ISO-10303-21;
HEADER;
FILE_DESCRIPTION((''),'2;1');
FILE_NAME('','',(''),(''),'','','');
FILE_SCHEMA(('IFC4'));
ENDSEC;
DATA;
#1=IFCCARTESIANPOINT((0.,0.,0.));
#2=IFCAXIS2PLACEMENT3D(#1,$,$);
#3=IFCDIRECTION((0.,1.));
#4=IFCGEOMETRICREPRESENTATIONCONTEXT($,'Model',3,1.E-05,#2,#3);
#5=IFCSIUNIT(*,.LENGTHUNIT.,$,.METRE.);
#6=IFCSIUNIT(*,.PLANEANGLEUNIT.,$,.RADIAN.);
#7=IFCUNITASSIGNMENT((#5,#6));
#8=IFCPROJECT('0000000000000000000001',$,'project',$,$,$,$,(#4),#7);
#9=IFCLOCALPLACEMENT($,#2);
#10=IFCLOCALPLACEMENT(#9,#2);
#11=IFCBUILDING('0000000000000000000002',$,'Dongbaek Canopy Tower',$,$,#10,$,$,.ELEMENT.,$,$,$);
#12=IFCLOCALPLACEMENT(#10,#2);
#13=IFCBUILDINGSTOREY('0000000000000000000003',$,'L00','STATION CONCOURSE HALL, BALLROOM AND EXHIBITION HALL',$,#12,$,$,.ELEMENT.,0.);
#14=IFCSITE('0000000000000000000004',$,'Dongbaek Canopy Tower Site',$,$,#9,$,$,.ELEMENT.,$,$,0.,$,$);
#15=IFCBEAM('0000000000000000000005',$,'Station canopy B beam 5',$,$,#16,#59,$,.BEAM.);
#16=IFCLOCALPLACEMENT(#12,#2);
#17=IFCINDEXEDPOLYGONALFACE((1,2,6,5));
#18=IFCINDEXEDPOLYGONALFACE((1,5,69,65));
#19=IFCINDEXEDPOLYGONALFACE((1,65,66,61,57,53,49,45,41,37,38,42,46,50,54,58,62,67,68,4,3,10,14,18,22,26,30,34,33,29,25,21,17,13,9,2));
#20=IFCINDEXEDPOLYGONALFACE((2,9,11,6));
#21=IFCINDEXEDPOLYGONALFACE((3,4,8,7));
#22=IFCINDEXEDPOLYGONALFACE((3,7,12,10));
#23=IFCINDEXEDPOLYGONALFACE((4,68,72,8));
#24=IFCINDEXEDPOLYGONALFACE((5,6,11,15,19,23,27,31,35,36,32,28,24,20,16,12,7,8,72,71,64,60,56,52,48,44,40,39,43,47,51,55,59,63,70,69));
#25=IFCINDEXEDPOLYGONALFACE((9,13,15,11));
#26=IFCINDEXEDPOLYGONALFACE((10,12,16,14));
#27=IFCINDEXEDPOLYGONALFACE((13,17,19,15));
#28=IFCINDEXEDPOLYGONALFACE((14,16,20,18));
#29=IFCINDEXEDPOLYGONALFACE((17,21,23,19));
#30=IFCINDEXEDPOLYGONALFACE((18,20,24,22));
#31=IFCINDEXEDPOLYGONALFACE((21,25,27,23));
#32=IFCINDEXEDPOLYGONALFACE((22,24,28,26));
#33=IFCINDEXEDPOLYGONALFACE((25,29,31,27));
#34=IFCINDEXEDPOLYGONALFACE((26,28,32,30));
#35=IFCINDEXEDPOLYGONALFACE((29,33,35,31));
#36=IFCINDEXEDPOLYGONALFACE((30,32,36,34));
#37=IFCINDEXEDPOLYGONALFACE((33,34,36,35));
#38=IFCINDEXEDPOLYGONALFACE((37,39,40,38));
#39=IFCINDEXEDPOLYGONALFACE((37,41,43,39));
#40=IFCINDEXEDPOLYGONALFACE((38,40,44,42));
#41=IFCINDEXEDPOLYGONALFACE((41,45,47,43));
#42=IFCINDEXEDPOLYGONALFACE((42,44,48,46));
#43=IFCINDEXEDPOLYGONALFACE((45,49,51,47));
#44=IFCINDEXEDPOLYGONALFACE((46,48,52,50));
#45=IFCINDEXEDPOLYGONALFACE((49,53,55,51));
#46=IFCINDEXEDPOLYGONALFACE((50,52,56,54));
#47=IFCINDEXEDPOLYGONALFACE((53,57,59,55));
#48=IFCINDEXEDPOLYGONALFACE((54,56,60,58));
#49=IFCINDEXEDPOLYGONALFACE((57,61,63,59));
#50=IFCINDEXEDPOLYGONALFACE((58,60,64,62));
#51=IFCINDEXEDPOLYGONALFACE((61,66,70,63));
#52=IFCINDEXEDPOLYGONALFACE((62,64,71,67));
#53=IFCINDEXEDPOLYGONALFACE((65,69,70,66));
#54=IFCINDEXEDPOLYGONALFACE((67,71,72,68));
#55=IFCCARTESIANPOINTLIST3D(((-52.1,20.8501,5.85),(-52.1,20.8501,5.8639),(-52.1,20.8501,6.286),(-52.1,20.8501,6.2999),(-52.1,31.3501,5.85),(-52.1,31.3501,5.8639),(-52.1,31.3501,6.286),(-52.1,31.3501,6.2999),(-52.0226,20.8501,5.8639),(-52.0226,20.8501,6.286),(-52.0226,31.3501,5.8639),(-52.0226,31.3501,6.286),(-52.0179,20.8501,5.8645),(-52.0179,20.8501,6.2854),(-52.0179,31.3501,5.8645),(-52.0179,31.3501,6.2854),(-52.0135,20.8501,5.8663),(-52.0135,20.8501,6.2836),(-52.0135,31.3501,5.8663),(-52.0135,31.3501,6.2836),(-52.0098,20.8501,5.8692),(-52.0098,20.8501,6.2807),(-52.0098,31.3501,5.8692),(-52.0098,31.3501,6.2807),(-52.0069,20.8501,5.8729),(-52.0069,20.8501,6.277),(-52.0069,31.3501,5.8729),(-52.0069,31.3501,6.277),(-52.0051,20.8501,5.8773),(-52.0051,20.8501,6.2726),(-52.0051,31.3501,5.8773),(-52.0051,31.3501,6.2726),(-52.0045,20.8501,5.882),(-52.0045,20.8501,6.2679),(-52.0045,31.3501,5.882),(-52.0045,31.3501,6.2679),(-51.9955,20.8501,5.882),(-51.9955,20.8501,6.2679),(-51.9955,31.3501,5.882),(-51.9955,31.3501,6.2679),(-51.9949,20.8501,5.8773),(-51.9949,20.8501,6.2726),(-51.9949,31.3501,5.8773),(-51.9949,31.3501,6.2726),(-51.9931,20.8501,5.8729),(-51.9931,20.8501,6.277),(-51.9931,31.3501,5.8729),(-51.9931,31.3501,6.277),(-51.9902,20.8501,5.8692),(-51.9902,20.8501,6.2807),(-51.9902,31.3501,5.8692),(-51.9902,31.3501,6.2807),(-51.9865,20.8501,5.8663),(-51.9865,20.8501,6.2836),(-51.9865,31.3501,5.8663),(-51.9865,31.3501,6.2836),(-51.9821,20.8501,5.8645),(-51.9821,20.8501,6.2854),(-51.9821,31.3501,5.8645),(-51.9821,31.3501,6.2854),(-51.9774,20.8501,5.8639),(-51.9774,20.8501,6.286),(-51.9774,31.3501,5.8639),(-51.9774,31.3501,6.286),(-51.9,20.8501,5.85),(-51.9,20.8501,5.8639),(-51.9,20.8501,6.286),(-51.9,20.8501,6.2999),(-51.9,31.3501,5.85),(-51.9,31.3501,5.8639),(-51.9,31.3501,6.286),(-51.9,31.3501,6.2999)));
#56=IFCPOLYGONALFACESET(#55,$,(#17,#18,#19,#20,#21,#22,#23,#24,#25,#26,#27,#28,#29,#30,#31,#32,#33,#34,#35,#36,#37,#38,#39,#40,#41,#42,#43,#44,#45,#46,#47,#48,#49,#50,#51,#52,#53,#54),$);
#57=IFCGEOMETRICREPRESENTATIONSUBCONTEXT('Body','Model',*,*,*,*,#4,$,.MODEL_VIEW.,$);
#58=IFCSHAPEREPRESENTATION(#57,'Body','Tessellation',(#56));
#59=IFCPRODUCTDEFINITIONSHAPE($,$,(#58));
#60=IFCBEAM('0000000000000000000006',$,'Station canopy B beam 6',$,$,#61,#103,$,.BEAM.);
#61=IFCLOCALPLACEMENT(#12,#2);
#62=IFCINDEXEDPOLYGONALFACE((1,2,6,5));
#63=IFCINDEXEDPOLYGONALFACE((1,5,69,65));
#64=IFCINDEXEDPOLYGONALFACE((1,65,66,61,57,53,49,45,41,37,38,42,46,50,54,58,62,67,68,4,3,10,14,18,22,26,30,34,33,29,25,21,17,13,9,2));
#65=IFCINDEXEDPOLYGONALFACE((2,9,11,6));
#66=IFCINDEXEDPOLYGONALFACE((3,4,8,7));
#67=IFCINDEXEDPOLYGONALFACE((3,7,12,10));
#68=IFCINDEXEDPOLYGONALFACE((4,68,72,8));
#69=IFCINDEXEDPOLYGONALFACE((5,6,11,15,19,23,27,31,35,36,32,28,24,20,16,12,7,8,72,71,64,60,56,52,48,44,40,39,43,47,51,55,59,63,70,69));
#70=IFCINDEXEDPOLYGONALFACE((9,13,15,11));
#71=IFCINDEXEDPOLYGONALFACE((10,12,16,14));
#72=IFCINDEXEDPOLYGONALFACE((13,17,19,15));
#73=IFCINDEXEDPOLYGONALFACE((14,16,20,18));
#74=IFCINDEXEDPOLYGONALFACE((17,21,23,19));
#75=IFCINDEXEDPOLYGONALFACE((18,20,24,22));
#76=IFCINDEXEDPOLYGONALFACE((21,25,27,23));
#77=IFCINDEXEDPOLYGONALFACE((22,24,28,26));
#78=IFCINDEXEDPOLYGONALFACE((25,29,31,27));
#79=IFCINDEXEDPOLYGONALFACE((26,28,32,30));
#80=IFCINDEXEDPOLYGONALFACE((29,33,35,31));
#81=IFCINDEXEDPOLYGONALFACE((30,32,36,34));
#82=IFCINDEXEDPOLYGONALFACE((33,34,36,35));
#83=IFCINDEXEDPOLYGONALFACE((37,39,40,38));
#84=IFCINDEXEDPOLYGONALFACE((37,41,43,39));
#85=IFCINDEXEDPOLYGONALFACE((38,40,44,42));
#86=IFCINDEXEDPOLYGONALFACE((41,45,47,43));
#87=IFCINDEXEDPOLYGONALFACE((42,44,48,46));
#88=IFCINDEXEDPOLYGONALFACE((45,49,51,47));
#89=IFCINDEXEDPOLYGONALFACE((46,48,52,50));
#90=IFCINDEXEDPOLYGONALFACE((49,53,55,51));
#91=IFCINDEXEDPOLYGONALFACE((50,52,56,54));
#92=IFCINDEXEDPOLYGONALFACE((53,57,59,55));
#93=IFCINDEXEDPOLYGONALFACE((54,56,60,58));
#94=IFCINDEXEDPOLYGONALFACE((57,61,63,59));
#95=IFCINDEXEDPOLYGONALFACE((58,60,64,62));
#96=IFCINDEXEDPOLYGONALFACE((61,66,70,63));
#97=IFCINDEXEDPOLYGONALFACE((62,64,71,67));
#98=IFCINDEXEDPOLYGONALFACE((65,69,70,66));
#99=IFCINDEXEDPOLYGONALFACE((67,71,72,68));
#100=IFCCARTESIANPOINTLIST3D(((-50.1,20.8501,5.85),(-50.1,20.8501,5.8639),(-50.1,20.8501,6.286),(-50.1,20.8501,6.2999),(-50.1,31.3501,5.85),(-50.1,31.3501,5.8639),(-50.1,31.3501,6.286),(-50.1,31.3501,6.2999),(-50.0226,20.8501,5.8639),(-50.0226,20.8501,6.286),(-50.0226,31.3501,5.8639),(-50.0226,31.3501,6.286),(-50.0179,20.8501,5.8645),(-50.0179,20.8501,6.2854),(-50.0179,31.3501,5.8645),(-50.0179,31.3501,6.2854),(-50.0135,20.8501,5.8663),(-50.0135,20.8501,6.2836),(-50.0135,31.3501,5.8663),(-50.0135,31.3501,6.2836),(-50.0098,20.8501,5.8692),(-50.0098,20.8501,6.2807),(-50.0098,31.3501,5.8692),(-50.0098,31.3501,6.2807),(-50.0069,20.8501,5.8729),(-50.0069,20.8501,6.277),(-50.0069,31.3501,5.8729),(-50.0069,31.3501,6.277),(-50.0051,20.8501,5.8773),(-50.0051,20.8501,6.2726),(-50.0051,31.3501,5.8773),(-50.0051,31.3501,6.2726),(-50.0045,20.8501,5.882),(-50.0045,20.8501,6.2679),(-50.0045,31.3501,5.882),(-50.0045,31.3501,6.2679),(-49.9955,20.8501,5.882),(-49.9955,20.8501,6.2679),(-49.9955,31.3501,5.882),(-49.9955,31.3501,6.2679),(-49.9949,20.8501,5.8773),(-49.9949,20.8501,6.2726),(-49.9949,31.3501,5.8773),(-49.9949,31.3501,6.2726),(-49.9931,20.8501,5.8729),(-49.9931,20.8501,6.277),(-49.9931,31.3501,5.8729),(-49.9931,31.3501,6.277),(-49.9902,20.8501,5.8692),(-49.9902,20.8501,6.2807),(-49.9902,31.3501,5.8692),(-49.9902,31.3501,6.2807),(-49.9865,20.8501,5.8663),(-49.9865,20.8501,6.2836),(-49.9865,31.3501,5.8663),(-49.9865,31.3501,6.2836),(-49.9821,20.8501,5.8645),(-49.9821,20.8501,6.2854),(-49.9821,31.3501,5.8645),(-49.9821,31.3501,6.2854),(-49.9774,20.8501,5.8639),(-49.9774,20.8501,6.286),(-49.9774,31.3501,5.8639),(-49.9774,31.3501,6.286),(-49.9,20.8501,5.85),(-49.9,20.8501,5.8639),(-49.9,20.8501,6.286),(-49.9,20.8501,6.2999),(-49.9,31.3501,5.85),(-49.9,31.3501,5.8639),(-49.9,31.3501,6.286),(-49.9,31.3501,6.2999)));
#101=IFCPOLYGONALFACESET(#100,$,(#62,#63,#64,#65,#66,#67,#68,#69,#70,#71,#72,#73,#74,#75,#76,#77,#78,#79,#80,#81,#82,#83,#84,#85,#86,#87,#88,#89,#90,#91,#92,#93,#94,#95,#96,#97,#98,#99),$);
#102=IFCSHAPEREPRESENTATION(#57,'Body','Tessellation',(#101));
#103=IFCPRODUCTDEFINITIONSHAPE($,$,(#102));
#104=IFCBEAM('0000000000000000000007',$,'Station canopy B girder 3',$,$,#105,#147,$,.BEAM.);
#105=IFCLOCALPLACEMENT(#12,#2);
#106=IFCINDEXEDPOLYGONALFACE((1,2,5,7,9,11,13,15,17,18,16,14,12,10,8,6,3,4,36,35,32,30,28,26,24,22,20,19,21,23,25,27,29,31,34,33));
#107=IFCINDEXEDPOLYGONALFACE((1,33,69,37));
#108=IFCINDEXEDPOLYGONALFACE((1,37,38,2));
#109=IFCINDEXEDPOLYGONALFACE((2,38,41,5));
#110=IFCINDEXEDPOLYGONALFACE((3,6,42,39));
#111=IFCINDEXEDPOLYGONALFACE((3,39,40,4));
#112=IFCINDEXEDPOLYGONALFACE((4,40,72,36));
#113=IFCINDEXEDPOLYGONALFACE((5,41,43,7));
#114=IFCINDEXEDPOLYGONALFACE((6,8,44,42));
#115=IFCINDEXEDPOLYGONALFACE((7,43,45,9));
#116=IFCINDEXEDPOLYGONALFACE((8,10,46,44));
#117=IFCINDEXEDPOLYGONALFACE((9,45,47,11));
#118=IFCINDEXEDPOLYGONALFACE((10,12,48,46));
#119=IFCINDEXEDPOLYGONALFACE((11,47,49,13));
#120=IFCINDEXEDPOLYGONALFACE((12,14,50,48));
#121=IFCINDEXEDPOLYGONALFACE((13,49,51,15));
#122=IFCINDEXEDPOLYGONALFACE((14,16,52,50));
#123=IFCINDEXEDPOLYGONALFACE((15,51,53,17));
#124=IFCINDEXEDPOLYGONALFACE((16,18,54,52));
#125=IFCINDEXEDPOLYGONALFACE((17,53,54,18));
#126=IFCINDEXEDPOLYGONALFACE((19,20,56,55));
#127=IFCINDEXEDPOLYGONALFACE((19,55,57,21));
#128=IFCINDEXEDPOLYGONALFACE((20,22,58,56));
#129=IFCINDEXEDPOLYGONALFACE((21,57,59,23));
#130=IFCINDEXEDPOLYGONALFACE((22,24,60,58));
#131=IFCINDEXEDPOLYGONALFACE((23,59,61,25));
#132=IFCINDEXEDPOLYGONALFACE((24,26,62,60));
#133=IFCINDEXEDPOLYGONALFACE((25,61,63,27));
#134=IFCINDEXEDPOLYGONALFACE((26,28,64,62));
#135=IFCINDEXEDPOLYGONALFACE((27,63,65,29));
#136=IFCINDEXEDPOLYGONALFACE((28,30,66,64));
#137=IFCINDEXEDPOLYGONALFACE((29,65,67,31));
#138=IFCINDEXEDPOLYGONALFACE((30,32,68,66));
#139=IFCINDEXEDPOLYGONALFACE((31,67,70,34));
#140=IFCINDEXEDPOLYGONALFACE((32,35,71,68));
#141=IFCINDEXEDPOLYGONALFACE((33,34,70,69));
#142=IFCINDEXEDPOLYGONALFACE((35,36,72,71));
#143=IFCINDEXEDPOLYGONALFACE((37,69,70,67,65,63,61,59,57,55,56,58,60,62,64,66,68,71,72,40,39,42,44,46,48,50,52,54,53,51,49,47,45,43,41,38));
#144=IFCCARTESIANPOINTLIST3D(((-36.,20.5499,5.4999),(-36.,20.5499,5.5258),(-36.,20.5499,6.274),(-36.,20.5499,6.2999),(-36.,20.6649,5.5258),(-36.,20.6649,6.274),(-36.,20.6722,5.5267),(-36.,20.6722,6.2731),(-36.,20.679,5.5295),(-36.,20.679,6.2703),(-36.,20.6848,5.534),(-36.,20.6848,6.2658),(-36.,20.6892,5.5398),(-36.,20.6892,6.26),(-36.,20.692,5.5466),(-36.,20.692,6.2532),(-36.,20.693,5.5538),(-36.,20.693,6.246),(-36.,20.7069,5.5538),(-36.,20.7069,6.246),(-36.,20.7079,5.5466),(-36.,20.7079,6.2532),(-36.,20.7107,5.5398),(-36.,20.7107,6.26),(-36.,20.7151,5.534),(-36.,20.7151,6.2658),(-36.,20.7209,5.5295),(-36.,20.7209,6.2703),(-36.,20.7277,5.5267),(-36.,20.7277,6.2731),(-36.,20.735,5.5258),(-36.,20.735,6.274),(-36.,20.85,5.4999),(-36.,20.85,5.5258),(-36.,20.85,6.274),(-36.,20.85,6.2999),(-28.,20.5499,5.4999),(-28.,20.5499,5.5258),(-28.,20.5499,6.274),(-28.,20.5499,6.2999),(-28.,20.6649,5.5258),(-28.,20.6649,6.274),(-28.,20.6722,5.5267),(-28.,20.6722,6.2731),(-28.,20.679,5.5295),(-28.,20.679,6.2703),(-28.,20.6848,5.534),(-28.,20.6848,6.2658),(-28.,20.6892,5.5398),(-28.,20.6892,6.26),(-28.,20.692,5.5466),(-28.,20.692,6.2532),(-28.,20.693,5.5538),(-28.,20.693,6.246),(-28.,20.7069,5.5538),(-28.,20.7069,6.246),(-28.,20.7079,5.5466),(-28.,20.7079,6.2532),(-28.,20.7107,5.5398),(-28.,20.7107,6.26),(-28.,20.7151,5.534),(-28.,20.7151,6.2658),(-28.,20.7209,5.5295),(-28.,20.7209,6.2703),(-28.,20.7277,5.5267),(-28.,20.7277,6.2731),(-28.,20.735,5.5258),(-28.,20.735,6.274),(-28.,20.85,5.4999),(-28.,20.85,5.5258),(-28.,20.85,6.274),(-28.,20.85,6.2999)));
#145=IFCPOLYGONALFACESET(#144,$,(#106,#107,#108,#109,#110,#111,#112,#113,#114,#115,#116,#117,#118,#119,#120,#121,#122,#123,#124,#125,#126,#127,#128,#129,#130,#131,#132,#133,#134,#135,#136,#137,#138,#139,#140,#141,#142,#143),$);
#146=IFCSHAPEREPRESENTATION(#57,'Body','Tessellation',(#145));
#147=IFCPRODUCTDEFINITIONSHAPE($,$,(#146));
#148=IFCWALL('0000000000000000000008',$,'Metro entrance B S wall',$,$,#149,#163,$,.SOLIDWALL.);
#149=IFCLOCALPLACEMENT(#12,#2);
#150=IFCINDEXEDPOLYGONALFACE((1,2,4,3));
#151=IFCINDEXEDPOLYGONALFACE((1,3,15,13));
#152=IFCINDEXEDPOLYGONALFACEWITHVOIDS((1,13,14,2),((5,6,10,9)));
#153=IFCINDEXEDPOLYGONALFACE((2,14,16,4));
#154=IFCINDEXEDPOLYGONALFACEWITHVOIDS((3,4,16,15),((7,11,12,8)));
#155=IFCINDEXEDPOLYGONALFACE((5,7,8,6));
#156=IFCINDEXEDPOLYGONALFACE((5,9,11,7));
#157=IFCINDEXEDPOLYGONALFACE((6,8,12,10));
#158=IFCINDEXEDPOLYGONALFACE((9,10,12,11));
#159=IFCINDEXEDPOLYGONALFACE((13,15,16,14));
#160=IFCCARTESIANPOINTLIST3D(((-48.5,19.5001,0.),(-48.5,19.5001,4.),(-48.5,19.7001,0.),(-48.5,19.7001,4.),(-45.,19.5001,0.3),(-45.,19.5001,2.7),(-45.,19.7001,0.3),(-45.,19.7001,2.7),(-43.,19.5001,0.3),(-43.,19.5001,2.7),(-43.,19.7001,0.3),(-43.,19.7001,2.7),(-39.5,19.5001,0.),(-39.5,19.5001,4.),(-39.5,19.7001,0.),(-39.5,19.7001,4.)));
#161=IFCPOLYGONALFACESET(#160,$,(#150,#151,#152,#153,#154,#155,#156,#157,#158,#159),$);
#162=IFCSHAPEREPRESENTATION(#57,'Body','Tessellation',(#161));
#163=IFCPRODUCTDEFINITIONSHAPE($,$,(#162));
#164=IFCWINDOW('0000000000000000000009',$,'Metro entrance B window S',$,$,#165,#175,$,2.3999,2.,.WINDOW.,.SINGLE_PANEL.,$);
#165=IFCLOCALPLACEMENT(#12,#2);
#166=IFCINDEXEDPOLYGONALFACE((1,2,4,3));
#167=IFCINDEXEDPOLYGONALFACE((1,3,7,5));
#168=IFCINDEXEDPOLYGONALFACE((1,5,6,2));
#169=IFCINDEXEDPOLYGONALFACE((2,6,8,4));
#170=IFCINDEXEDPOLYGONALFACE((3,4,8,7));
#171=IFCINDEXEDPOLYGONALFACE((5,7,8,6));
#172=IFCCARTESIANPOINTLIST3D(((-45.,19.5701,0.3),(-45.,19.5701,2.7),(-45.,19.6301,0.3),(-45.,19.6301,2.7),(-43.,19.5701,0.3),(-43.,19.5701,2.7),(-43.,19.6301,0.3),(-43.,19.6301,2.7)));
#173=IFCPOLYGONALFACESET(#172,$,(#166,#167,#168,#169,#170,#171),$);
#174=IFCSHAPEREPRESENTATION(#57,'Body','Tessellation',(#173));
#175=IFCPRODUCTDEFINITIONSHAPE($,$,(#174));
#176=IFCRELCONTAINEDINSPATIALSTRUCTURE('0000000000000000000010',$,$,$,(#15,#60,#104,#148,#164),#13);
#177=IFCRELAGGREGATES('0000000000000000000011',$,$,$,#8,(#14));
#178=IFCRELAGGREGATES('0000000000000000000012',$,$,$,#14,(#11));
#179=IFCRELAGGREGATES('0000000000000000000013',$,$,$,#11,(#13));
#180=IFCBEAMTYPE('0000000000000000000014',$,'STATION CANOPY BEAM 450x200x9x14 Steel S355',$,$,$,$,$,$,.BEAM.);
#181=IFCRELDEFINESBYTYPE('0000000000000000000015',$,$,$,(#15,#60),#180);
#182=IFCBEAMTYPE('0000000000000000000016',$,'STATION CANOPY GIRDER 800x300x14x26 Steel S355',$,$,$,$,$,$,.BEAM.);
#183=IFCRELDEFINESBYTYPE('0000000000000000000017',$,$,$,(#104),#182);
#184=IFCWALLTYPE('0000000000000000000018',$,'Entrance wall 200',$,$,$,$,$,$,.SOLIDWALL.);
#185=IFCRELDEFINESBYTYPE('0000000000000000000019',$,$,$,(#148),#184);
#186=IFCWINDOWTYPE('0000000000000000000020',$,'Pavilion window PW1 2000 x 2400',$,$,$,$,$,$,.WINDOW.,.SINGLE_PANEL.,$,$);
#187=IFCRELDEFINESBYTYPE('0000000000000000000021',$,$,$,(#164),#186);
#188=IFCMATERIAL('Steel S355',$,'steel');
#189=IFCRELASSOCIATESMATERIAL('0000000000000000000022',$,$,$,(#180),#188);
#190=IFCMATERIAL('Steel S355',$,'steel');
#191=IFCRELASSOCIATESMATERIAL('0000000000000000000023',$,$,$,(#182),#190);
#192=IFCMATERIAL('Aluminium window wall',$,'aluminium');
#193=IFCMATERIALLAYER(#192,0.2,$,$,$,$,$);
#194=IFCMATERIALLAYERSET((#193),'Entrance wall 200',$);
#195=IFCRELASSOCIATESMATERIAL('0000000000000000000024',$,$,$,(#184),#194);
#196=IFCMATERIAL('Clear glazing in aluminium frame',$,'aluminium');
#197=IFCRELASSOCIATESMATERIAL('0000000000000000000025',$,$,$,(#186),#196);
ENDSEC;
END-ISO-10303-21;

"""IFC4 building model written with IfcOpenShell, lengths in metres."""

from ifc_helpers import new_model, si_unit, direction, frame, frame_2d, origin, origin_2d, place, context, subcontext, project, spatial, rectangle, i_section, extrude, material, layer, layer_set, material_profile, profile_set, type_object, element, fill, save


model = new_model("IFC4")

# Units and contexts
model_context = context("Model", 3, precision=1e-05, world=origin(), true_north=direction((0.0, 1.0)))
body_context = subcontext(model_context, "Body", "Model", "MODEL_VIEW")
ifc_project = project(units=[si_unit("LENGTHUNIT", "METRE"), si_unit("PLANEANGLEUNIT", "RADIAN")], contexts=[model_context])

# Site, building, storey
site_placement = place(None, origin())
site = spatial("IfcSite", under=ifc_project, at=site_placement, Name="Dongbaek Canopy Tower Site", CompositionType="ELEMENT", RefElevation=0.0)
building_placement = place(site_placement, origin())
building = spatial("IfcBuilding", under=site, at=building_placement, Name="Dongbaek Canopy Tower", CompositionType="ELEMENT")
storey_placement = place(building_placement, origin())
storey = spatial("IfcBuildingStorey", under=building, at=storey_placement, Name="L00", Description="STATION CONCOURSE HALL, BALLROOM AND EXHIBITION HALL", CompositionType="ELEMENT", Elevation=0.0)

# Beams
ifc_material_1 = material(Name="Steel S355", Category="steel")
ifc_material_profile_1 = material_profile(ifc_material_1, i_section(OverallWidth=0.2, OverallDepth=0.45, WebThickness=0.009, FlangeThickness=0.0139, FilletRadius=0.0181, at=origin_2d()), Name="STATION CANOPY BEAM 450x200x9x14 Steel S355")
ifc_profile_set_1 = profile_set([ifc_material_profile_1], Name="Steel S355")
beam_type_1 = type_object("IfcBeamType", Name="STATION CANOPY BEAM 450x200x9x14 Steel S355", PredefinedType="BEAM", material=ifc_profile_set_1)
for number, where, z_axis, x_axis, name in (
    (1, (-52.0, 20.8501, 6.075), (0.0, 1.0, 0.0), (-1.0, 0.0, 0.0), "Station canopy B beam 5"),
    (2, (-50.0, 20.8501, 6.075), (0.0, 1.0, 0.0), (-1.0, 0.0, 0.0), "Station canopy B beam 6"),
):
    element("IfcBeam", number, at=place(storey_placement, frame(where, z_axis=z_axis, x_axis=x_axis)), inside=storey, type_object=beam_type_1, Name=name, PredefinedType="BEAM", context=body_context, shape_type="SweptSolid", body=[
        extrude(i_section(OverallWidth=0.2, OverallDepth=0.45, WebThickness=0.009, FlangeThickness=0.0139, FilletRadius=0.0181, at=origin_2d()), origin(), (0.0, 0.0, 1.0), 10.5),
    ])
ifc_material_2 = material(Name="Steel S355", Category="steel")
ifc_material_profile_2 = material_profile(ifc_material_2, i_section(OverallWidth=0.3, OverallDepth=0.8, WebThickness=0.0139, FlangeThickness=0.0259, FilletRadius=0.0281, at=origin_2d()), Name="STATION CANOPY GIRDER 800x300x14x26 Steel S355")
ifc_profile_set_2 = profile_set([ifc_material_profile_2], Name="Steel S355")
beam_type_2 = type_object("IfcBeamType", Name="STATION CANOPY GIRDER 800x300x14x26 Steel S355", PredefinedType="BEAM", material=ifc_profile_set_2)
beam_placement = place(storey_placement, frame((-36.0, 20.7, 5.8999), z_axis=(1.0, 0.0, 0.0), x_axis=(0.0, 1.0, 0.0)))
element("IfcBeam", 3, at=beam_placement, inside=storey, type_object=beam_type_2, Name="Station canopy B girder 3", PredefinedType="BEAM", context=body_context, shape_type="SweptSolid", body=[
    extrude(i_section(OverallWidth=0.3, OverallDepth=0.8, WebThickness=0.0139, FlangeThickness=0.0259, FilletRadius=0.0281, at=origin_2d()), origin(), (0.0, 0.0, 1.0), 8.0),
])

# Shared definitions
ifc_material_3 = material(Name="Aluminium window wall", Category="aluminium")
ifc_layer_1 = layer(ifc_material_3, 0.2)
ifc_layer_set_1 = layer_set([ifc_layer_1], Name="Entrance wall 200")
wall_type_1 = type_object("IfcWallType", Name="Entrance wall 200", PredefinedType="SOLIDWALL", material=ifc_layer_set_1)

# Wall, opening, window
wall_1_placement = place(storey_placement, frame((-48.5, 19.6001, 0.0), z_axis=(0.0, 0.0, 1.0), x_axis=(1.0, 0.0, 0.0)))
wall_1 = element("IfcWall", 4, at=wall_1_placement, inside=storey, type_object=wall_type_1, Name="Metro entrance B S wall", PredefinedType="SOLIDWALL", context=body_context, shape_type="SweptSolid", body=[
    extrude(rectangle(XDim=9.0, YDim=0.2, at=frame_2d((4.5, 0.0))), origin(), (0.0, 0.0, 1.0), 4.0),
])
opening_1_placement = place(wall_1_placement, frame((3.5, 0.0, 0.3)))
opening_1 = element("IfcOpeningElement", 5, at=opening_1_placement, cuts=wall_1, PredefinedType="OPENING", context=body_context, shape_type="SweptSolid", body=[
    extrude(rectangle(XDim=2.0, YDim=2.3999, at=frame_2d((1.0, 1.2))), frame((0.0, 0.1099, 0.0), z_axis=(0.0, -1.0, 0.0), x_axis=(1.0, 0.0, 0.0)), (0.0, 0.0, 1.0), 0.22),
])
ifc_material_4 = material(Name="Clear glazing in aluminium frame", Category="aluminium")
window_type = type_object("IfcWindowType", Name="Pavilion window PW1 2000 x 2400", PartitioningType="SINGLE_PANEL", PredefinedType="WINDOW", material=ifc_material_4)
window_1_placement = place(opening_1_placement, origin())
window_1 = element("IfcWindow", 6, at=window_1_placement, inside=storey, type_object=window_type, Name="Metro entrance B window S", OverallHeight=2.3999, OverallWidth=2.0, PartitioningType="SINGLE_PANEL", PredefinedType="WINDOW", context=body_context, shape_type="SweptSolid", body=[
    extrude(rectangle(XDim=2.0, YDim=2.3999, at=frame_2d((1.0, 1.2))), frame((0.0, 0.03, 0.0), z_axis=(0.0, -1.0, 0.0), x_axis=(1.0, 0.0, 0.0)), (0.0, 0.0, 1.0), 0.0601),
])
fill(opening_1, window_1)

save(model, "model.ifc")
